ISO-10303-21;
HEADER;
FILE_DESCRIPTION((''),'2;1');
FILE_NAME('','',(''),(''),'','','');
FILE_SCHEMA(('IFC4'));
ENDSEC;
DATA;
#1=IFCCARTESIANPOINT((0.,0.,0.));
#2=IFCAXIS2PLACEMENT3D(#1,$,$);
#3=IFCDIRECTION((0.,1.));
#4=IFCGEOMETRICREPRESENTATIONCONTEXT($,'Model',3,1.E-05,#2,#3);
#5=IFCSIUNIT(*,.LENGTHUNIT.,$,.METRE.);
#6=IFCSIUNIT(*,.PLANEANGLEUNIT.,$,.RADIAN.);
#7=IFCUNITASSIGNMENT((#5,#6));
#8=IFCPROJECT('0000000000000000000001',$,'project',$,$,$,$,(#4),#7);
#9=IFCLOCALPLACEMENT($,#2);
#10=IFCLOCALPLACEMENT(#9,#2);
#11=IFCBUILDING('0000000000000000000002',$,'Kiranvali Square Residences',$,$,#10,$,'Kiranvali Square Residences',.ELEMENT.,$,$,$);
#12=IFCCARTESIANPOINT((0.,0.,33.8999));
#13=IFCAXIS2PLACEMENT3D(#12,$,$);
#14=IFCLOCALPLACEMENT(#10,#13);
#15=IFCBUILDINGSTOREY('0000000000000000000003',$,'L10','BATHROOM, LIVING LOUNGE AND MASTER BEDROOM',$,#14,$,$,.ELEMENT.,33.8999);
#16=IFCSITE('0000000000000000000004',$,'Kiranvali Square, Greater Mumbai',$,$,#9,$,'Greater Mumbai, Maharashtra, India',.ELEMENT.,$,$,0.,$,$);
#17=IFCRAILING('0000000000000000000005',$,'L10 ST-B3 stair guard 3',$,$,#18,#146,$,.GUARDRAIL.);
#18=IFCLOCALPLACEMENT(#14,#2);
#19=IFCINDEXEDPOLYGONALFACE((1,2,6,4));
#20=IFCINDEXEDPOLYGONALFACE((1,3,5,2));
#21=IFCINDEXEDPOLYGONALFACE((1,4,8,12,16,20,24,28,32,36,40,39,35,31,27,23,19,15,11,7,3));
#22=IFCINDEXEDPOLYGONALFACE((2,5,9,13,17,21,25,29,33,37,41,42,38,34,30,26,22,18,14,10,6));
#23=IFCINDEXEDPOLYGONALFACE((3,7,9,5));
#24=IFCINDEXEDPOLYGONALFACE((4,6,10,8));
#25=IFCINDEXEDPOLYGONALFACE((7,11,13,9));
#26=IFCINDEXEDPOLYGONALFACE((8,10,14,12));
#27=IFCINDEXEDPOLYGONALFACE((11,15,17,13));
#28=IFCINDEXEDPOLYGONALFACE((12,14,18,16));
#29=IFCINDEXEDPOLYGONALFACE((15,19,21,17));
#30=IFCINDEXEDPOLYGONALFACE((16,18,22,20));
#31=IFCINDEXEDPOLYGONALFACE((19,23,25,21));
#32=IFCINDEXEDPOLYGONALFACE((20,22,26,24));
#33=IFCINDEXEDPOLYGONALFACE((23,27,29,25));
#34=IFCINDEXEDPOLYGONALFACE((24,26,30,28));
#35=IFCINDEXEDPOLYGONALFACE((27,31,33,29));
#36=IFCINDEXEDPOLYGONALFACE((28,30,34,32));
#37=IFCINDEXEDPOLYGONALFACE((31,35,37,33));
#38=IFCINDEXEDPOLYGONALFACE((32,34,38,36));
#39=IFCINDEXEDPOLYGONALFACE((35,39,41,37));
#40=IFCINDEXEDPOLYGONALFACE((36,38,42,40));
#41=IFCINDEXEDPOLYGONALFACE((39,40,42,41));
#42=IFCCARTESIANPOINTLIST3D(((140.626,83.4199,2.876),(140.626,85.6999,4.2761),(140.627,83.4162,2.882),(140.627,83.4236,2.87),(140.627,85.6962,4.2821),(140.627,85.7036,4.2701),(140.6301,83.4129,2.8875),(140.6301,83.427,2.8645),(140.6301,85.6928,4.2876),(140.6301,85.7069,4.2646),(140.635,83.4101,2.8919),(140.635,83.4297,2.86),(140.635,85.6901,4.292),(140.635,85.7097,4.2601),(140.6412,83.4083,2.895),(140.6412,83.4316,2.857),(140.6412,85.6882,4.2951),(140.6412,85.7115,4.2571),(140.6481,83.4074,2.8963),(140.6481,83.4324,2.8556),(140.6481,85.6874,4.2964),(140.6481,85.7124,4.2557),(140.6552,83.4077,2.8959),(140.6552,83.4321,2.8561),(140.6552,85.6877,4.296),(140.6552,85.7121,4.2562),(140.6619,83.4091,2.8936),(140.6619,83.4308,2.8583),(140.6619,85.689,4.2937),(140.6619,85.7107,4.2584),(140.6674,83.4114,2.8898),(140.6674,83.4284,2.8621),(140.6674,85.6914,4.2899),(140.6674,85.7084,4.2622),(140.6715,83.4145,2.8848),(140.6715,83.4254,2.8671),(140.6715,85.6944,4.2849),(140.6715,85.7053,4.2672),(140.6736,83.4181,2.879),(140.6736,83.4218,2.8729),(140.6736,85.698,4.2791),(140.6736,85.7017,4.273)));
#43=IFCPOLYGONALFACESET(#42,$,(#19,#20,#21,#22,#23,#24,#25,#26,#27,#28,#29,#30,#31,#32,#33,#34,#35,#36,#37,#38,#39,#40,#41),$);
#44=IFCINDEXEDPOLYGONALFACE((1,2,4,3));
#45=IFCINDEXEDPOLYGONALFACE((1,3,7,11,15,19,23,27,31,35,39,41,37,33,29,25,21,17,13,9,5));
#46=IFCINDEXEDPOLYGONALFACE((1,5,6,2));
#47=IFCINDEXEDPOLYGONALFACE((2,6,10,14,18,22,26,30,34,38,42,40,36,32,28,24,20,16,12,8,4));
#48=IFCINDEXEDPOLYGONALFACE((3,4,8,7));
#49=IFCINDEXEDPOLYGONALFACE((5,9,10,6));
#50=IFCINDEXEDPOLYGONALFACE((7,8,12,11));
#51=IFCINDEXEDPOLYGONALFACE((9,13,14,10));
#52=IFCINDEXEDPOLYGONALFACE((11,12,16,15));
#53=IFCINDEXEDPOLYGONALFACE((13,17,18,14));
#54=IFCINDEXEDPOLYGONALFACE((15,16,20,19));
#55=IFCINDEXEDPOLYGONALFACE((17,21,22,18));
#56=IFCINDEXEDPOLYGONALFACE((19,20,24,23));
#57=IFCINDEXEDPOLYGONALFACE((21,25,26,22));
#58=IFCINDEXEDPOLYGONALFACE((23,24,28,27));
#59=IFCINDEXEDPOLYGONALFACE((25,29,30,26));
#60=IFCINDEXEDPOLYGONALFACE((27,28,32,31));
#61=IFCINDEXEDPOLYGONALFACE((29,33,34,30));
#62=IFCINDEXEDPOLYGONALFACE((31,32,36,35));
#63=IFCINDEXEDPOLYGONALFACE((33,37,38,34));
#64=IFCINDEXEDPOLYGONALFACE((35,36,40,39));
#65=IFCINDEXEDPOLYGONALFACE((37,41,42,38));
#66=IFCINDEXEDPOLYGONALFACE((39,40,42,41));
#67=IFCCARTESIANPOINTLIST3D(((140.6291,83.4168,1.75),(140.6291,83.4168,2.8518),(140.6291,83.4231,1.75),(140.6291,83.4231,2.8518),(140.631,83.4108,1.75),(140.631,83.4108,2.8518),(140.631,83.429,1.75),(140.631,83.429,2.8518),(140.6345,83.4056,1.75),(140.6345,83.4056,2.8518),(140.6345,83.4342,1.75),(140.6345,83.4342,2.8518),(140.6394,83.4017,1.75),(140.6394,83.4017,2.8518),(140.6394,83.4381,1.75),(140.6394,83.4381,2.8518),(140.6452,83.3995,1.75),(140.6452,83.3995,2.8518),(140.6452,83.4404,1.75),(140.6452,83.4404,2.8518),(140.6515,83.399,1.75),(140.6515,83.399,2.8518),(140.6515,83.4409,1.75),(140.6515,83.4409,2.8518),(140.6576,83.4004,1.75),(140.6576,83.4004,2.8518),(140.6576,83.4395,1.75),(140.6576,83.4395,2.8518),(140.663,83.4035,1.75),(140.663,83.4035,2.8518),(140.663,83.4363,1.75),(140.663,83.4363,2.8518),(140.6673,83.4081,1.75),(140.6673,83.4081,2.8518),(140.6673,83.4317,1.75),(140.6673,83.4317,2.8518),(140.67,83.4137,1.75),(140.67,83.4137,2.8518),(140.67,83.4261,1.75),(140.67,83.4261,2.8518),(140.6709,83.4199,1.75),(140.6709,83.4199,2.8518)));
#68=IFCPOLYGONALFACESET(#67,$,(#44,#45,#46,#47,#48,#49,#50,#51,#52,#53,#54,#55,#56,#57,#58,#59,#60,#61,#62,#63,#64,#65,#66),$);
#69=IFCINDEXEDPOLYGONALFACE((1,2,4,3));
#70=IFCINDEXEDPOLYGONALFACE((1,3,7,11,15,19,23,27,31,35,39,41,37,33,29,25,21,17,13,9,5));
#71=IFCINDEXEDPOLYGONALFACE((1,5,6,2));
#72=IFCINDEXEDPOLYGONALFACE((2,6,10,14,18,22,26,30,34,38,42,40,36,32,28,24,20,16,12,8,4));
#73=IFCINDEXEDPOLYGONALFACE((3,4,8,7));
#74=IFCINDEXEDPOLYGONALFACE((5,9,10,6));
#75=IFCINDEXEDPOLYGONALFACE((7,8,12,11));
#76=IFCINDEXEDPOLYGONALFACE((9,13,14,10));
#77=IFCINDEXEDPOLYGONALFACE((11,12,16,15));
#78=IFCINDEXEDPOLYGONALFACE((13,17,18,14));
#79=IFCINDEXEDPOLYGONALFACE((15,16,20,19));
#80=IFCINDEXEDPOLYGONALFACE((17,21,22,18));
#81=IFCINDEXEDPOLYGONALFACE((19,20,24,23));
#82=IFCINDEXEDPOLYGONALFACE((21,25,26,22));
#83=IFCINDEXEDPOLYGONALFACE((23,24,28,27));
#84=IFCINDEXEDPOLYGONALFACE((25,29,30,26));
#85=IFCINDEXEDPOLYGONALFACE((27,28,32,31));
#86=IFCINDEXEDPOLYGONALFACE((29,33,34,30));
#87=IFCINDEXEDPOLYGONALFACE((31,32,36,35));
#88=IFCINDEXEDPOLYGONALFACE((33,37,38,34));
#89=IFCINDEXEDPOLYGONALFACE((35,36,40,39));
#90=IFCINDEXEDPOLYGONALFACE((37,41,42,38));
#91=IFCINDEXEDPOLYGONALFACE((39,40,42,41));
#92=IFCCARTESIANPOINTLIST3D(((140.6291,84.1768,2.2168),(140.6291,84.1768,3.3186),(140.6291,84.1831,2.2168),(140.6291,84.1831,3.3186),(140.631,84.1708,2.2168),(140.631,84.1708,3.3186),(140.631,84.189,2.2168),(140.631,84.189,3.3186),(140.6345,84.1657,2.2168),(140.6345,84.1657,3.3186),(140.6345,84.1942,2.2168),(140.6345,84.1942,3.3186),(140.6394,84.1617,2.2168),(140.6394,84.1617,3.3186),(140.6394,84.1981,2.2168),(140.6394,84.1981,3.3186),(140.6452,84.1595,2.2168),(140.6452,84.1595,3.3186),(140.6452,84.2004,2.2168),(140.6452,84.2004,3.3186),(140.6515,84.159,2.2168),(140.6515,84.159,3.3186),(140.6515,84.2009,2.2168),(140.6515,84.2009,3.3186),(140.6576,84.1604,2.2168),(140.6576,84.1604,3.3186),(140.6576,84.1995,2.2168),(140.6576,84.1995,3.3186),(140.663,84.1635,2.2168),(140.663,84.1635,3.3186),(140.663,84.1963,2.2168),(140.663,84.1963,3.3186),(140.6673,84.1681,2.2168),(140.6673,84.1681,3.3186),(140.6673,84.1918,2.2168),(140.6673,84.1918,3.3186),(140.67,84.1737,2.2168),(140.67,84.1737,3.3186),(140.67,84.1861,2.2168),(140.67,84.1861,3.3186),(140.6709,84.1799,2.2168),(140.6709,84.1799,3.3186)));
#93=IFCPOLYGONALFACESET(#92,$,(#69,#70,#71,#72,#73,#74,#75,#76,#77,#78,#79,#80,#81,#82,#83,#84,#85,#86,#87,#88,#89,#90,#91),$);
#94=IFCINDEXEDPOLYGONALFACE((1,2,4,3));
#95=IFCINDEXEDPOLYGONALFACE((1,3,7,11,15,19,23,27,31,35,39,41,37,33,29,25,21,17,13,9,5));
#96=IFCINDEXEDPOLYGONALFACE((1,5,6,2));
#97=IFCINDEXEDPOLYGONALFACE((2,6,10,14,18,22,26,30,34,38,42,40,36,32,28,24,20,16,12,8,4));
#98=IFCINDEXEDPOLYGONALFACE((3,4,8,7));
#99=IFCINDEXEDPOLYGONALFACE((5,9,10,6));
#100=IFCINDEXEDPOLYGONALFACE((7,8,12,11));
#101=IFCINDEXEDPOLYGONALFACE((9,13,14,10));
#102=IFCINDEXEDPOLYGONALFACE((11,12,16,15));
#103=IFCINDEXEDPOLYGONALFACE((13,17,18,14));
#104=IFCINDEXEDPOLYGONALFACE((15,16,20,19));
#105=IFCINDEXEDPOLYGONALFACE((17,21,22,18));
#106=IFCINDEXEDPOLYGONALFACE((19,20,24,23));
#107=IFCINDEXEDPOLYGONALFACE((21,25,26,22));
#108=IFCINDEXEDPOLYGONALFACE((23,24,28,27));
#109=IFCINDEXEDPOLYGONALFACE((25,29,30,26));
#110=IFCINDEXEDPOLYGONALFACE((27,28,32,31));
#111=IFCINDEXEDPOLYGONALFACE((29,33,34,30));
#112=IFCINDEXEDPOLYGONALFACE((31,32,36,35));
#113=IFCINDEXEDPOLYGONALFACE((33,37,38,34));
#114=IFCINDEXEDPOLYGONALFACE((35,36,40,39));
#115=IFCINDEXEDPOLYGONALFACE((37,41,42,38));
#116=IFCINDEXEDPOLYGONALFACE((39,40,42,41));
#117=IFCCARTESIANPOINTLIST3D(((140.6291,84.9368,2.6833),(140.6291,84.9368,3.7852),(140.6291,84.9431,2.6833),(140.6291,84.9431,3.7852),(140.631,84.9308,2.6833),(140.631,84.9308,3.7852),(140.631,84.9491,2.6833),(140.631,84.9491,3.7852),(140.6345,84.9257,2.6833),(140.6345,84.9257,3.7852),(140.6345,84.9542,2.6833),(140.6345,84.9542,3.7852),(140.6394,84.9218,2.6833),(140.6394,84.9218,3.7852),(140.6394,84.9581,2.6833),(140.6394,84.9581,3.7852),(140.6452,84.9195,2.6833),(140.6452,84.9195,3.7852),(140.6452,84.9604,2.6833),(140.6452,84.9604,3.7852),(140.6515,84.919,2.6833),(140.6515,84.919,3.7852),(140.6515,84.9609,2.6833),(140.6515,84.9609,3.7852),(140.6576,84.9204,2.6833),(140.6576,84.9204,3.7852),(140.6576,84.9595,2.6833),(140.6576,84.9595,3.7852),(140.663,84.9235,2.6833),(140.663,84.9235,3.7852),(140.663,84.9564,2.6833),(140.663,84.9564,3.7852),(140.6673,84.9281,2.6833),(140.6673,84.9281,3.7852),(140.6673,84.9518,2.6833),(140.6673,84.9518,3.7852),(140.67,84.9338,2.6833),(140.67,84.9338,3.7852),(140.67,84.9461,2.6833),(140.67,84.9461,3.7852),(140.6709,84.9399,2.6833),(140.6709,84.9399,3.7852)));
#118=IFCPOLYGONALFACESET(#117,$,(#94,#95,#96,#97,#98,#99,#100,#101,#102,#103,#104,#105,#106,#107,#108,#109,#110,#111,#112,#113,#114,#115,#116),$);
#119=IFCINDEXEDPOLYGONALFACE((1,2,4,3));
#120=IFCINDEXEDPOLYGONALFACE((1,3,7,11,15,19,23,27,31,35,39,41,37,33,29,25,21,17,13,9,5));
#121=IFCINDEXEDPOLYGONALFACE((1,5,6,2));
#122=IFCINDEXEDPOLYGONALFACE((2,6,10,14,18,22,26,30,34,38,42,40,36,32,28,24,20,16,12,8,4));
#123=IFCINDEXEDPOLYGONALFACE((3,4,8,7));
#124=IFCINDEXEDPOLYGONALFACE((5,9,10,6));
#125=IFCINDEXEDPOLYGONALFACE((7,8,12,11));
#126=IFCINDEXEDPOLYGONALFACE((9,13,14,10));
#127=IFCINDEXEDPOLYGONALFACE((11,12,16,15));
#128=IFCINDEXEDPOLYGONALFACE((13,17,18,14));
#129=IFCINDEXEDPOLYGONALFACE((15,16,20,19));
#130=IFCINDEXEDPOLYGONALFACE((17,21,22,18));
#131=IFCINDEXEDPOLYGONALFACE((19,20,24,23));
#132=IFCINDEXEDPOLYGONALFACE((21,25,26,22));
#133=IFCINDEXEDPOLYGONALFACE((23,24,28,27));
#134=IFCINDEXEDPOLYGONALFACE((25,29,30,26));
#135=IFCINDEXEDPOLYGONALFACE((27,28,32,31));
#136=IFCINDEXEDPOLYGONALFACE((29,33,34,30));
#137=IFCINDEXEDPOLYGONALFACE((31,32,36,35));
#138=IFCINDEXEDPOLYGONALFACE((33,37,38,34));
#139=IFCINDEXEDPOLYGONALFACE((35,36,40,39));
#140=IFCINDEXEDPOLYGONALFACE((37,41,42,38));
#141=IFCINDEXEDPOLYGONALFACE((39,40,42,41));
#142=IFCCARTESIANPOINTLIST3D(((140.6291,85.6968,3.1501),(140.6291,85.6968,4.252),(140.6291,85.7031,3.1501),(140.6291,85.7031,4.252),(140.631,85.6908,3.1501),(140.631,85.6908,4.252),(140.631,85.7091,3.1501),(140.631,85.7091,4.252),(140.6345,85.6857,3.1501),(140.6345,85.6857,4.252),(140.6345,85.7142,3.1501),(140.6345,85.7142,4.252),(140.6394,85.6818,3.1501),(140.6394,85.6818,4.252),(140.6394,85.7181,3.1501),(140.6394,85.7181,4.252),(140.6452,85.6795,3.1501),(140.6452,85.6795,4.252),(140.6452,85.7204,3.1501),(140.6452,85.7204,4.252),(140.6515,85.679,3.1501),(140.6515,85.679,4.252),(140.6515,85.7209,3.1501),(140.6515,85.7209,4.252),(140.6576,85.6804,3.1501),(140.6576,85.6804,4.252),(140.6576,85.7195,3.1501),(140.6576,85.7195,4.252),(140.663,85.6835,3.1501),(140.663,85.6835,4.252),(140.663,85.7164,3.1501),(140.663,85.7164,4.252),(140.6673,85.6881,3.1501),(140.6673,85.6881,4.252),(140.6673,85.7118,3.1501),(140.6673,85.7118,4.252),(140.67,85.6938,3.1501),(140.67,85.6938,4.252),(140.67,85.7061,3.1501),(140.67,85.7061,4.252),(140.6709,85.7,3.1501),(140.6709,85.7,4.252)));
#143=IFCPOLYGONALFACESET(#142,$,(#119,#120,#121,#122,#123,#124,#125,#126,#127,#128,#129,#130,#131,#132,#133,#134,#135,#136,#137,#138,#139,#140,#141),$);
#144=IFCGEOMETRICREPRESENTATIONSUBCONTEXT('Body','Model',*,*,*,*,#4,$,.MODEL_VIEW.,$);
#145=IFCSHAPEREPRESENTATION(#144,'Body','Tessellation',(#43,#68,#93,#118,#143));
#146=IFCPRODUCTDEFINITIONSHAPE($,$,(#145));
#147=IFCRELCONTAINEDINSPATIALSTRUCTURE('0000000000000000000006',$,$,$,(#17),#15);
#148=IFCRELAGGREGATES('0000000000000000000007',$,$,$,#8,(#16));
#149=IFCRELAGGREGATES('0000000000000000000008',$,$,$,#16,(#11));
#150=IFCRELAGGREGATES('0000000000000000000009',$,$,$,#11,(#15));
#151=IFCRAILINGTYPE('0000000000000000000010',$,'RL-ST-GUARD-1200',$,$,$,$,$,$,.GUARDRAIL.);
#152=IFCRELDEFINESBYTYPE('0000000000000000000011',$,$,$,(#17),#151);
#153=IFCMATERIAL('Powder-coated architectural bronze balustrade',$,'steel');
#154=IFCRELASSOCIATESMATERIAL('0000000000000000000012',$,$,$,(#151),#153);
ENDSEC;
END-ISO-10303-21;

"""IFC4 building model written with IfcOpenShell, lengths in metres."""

from ifc_helpers import new_model, si_unit, direction, frame, origin, origin_2d, place, context, subcontext, project, spatial, circle, extrude, material, type_object, element, save


model = new_model("IFC4")

# Units and contexts
model_context = context("Model", 3, precision=1e-05, world=origin(), true_north=direction((0.0, 1.0)))
body_context = subcontext(model_context, "Body", "Model", "MODEL_VIEW")
ifc_project = project(units=[si_unit("LENGTHUNIT", "METRE"), si_unit("PLANEANGLEUNIT", "RADIAN")], contexts=[model_context])

# Site, building, storey
site_placement = place(None, origin())
site = spatial("IfcSite", under=ifc_project, at=site_placement, Name="Kiranvali Square, Greater Mumbai", LongName="Greater Mumbai, Maharashtra, India", CompositionType="ELEMENT", RefElevation=0.0)
building_placement = place(site_placement, origin())
building = spatial("IfcBuilding", under=site, at=building_placement, Name="Kiranvali Square Residences", LongName="Kiranvali Square Residences", CompositionType="ELEMENT")
storey_placement = place(building_placement, frame((0.0, 0.0, 33.8999)))
storey = spatial("IfcBuildingStorey", under=building, at=storey_placement, Name="L10", Description="BATHROOM, LIVING LOUNGE AND MASTER BEDROOM", CompositionType="ELEMENT", Elevation=33.8999)

# Railing
ifc_material_1 = material(Name="Powder-coated architectural bronze balustrade", Category="steel")
railing_type_1 = type_object("IfcRailingType", Name="RL-ST-GUARD-1200", PredefinedType="GUARDRAIL", material=ifc_material_1)
railing_1_placement = place(storey_placement, frame((140.6499, 83.4199, 1.75)))
element("IfcRailing", 1, at=railing_1_placement, inside=storey, type_object=railing_type_1, Name="L10 ST-B3 stair guard 3", PredefinedType="GUARDRAIL", context=body_context, shape_type="SweptSolid", body=[
    extrude(circle(Radius=0.0239, at=origin_2d()), frame((0.0, 0.0, 1.126), z_axis=(0.0, 0.85215, 0.523298), x_axis=(-1.0, 0.0, 0.0)), (0.0, 0.0, 1.0), 2.6755),
    extrude(circle(Radius=0.021, at=origin_2d()), origin(), (0.0, 0.0, 1.0), 1.1018),
    extrude(circle(Radius=0.021, at=origin_2d()), frame((0.0, 0.76, 0.4668)), (0.0, 0.0, 1.0), 1.1018),
    extrude(circle(Radius=0.021, at=origin_2d()), frame((0.0, 1.52, 0.9333)), (0.0, 0.0, 1.0), 1.1018),
    extrude(circle(Radius=0.021, at=origin_2d()), frame((0.0, 2.28, 1.4001)), (0.0, 0.0, 1.0), 1.1018),
])

save(model, "model.ifc")
